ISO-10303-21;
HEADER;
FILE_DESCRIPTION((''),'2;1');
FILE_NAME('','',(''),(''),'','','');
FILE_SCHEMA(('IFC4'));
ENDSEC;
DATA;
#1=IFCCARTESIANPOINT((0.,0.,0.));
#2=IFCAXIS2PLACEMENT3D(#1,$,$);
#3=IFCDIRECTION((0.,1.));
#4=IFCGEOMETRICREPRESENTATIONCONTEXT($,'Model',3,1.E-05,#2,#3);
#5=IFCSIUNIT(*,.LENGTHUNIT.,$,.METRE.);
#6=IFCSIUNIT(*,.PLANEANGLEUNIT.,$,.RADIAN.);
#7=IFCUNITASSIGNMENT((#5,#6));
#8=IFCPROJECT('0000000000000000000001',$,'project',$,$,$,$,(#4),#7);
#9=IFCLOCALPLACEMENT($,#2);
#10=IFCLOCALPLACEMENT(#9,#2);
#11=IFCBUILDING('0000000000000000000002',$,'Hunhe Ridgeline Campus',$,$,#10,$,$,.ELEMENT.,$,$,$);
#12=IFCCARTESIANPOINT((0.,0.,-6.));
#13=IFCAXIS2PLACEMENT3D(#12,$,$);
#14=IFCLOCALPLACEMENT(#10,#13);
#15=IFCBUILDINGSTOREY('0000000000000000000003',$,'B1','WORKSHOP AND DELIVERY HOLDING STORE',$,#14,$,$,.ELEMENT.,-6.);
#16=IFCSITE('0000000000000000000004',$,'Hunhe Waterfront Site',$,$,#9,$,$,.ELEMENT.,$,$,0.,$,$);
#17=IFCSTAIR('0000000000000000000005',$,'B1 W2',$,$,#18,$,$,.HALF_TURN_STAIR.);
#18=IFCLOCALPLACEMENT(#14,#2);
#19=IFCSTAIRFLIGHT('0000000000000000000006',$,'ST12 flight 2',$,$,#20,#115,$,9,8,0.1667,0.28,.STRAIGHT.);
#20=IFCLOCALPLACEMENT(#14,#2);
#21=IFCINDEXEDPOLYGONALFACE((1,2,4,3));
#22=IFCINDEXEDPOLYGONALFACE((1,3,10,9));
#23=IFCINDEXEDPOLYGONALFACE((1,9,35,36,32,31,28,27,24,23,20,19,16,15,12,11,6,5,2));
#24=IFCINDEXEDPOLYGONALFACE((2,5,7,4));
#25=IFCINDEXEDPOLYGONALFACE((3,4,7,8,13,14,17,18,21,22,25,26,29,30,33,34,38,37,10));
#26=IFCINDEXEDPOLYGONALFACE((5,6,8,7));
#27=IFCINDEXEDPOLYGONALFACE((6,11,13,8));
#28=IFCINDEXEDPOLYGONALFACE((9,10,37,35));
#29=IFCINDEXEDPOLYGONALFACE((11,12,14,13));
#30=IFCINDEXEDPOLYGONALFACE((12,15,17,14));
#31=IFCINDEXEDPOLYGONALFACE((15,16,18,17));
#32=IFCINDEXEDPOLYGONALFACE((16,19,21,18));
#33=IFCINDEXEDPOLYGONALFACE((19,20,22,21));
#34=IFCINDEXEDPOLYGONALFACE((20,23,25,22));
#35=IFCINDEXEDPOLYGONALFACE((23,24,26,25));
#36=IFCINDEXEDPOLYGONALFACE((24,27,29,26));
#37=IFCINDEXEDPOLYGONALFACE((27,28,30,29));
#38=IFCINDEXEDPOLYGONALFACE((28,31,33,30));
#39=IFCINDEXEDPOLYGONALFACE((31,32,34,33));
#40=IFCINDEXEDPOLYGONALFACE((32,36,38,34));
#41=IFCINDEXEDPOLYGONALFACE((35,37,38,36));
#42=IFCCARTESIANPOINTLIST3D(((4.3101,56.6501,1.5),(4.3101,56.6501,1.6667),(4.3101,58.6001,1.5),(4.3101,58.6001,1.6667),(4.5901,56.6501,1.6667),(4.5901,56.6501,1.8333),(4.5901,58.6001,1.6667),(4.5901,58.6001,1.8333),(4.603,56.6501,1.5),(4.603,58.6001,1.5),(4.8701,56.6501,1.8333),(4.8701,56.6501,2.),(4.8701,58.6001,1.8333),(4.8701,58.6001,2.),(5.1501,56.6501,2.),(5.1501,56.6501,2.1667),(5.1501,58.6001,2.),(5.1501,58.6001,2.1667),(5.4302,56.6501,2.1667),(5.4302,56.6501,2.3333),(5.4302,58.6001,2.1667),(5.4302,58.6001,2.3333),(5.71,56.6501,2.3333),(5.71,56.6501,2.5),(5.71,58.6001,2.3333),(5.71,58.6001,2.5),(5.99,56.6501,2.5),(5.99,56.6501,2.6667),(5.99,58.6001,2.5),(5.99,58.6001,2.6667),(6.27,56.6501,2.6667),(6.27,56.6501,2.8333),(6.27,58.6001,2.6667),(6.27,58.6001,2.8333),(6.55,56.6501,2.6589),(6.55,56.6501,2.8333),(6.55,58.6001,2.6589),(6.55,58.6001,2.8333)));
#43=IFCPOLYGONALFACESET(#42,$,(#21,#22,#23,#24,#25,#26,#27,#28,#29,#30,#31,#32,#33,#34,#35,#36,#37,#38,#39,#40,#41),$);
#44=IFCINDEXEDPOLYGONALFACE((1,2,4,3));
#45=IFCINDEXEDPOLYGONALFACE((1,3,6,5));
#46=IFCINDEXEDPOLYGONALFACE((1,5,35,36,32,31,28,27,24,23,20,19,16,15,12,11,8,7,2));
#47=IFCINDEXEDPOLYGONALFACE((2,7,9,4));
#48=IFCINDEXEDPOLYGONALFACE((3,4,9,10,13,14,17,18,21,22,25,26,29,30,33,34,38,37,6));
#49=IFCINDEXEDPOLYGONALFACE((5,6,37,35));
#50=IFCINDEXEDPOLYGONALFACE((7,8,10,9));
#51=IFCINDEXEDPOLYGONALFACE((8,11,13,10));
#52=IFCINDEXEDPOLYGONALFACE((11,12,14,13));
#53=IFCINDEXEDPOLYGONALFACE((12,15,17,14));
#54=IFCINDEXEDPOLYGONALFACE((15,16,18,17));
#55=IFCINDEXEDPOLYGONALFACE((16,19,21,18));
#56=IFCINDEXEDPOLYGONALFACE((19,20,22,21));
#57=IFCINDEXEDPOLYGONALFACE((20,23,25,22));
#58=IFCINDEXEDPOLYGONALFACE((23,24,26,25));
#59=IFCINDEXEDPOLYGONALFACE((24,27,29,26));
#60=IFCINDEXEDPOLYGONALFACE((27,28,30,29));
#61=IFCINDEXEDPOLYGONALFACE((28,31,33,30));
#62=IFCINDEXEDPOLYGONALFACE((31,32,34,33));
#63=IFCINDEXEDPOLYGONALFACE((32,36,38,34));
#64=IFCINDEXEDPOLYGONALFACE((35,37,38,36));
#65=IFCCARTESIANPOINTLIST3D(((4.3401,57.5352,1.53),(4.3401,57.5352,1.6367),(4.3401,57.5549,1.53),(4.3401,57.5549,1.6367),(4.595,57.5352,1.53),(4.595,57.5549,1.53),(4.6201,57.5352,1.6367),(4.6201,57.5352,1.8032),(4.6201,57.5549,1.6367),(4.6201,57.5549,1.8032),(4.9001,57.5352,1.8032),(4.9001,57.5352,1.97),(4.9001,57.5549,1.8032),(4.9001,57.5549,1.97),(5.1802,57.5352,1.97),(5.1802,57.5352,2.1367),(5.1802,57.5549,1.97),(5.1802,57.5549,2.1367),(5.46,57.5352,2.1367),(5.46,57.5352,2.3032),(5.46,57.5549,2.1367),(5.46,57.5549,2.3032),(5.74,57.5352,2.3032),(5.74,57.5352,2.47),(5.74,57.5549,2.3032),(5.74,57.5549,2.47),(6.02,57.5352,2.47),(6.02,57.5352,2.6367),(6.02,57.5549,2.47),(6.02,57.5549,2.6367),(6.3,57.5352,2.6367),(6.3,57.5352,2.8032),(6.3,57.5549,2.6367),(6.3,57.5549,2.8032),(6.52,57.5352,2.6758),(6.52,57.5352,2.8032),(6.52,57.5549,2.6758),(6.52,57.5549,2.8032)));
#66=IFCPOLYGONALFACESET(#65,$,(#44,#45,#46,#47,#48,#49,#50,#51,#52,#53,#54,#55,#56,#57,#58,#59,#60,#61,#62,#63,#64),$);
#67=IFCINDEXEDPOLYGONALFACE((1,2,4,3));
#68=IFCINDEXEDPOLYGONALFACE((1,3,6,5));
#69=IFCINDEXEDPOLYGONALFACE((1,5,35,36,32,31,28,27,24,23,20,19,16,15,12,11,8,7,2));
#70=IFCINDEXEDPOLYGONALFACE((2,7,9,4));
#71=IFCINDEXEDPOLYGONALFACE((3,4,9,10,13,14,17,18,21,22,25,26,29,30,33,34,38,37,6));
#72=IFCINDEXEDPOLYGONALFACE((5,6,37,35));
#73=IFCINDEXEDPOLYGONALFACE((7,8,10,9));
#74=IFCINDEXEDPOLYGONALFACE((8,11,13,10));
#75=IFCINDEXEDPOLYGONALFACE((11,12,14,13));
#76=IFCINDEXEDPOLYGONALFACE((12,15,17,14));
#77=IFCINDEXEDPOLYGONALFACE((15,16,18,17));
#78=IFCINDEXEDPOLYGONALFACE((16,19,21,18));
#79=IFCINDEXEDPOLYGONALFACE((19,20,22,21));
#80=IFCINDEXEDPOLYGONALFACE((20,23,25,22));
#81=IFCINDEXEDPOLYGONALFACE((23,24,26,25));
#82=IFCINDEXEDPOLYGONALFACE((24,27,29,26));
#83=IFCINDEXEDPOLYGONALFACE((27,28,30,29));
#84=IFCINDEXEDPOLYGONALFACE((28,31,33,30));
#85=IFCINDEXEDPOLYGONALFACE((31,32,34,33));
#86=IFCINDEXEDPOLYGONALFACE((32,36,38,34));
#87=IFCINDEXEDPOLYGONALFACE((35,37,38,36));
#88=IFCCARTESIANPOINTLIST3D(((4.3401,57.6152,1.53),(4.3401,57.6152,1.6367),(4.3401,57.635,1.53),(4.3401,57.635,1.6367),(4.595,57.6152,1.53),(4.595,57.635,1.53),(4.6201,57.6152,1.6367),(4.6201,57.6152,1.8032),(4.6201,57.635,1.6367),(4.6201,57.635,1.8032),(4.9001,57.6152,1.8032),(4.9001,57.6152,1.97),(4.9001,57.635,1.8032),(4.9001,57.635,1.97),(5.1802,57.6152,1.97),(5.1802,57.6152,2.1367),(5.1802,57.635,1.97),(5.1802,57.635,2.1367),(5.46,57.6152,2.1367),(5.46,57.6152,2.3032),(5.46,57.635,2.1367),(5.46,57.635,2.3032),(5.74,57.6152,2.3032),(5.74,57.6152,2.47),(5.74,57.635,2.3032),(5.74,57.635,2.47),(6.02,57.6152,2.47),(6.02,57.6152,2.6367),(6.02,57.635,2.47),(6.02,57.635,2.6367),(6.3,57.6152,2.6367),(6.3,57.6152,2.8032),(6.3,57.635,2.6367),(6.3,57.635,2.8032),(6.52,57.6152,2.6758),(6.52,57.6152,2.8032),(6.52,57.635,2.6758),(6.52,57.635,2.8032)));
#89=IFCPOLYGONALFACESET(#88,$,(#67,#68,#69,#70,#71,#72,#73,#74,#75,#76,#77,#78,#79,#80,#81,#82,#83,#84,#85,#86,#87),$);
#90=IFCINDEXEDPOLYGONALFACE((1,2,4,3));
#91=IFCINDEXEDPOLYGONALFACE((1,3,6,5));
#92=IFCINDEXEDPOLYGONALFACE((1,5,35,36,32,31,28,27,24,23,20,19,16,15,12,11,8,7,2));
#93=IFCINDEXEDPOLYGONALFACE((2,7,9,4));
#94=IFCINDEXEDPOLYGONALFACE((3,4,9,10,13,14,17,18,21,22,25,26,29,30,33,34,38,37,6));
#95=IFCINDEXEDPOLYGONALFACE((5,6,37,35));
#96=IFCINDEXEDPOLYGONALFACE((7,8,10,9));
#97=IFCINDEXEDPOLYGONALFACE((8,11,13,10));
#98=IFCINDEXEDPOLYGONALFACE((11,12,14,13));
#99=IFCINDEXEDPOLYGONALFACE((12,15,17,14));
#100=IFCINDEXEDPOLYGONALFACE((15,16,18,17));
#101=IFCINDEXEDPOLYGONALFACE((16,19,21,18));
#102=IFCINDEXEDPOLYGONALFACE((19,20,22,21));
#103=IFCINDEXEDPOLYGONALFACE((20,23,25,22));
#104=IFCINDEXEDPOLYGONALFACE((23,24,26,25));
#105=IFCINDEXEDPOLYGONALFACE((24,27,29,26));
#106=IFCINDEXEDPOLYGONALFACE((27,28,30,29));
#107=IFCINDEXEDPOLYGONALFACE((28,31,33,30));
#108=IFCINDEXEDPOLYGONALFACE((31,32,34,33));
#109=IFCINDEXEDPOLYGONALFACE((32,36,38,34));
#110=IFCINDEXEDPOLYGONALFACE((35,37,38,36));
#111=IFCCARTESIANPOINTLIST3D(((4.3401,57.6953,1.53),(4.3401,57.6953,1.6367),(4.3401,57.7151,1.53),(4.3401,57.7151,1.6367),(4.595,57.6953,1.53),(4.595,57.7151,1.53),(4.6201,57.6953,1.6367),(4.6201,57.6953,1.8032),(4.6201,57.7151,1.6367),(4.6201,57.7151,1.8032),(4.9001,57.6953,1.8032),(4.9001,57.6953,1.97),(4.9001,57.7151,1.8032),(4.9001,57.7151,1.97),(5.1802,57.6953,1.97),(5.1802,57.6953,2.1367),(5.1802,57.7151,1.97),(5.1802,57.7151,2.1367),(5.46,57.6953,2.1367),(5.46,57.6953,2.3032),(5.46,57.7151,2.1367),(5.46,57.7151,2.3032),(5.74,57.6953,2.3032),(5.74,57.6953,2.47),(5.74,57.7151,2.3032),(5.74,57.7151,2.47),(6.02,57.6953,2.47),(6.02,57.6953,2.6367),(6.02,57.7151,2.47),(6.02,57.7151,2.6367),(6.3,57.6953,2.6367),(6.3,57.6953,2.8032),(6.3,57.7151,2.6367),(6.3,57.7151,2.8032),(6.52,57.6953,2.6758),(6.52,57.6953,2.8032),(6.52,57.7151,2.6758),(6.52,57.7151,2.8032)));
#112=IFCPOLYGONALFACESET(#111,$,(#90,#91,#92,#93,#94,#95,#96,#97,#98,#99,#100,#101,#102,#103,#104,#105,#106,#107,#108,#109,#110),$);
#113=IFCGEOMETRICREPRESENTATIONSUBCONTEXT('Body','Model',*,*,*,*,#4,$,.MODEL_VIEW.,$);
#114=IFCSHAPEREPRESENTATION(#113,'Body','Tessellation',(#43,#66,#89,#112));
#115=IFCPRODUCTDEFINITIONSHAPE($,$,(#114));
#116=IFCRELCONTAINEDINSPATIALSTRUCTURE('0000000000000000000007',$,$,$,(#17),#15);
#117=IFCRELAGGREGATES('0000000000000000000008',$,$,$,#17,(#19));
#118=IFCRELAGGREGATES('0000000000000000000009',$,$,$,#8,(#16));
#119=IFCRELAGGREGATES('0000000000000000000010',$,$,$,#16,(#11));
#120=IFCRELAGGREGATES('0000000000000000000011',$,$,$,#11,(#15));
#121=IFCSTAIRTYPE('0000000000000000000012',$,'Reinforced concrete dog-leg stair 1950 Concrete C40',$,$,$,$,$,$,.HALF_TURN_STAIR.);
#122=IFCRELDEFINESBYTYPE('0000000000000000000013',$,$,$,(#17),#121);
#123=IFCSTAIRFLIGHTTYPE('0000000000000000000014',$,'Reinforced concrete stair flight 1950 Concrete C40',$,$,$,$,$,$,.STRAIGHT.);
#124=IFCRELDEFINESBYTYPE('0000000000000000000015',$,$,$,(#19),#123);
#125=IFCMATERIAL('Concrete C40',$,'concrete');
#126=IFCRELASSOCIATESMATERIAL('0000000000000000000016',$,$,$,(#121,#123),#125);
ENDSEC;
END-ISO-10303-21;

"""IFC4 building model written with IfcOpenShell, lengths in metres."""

from ifc_helpers import new_model, si_unit, direction, frame, origin, place, context, subcontext, project, spatial, polyline, outline, extrude, material, type_object, element, aggregate, save


model = new_model("IFC4")

# Units and contexts
model_context = context("Model", 3, precision=1e-05, world=origin(), true_north=direction((0.0, 1.0)))
body_context = subcontext(model_context, "Body", "Model", "MODEL_VIEW")
ifc_project = project(units=[si_unit("LENGTHUNIT", "METRE"), si_unit("PLANEANGLEUNIT", "RADIAN")], contexts=[model_context])

# Site, building, storey
site_placement = place(None, origin())
site = spatial("IfcSite", under=ifc_project, at=site_placement, Name="Hunhe Waterfront Site", CompositionType="ELEMENT", RefElevation=0.0)
building_placement = place(site_placement, origin())
building = spatial("IfcBuilding", under=site, at=building_placement, Name="Hunhe Ridgeline Campus", CompositionType="ELEMENT")
storey_placement = place(building_placement, frame((0.0, 0.0, -6.0)))
storey = spatial("IfcBuildingStorey", under=building, at=storey_placement, Name="B1", Description="WORKSHOP AND DELIVERY HOLDING STORE", CompositionType="ELEMENT", Elevation=-6.0)

# Stair, stair flight
ifc_material_1 = material(Name="Concrete C40", Category="concrete")
stair_type = type_object("IfcStairType", Name="Reinforced concrete dog-leg stair 1950 Concrete C40", PredefinedType="HALF_TURN_STAIR", material=ifc_material_1)
stair_placement = place(storey_placement, origin())
stair = element("IfcStair", 1, at=stair_placement, inside=storey, type_object=stair_type, Name="B1 W2", PredefinedType="HALF_TURN_STAIR")
stair_flight_type = type_object("IfcStairFlightType", Name="Reinforced concrete stair flight 1950 Concrete C40", PredefinedType="STRAIGHT", material=ifc_material_1)
stair_flight_1_placement = place(storey_placement, frame((4.3101, 57.625, 1.5), z_axis=(0.0, 0.0, 1.0), x_axis=(1.0, 0.0, 0.0)))
stair_flight_1 = element("IfcStairFlight", 2, at=stair_flight_1_placement, type_object=stair_flight_type, Name="ST12 flight 2", NumberOfRisers=9, NumberOfTreads=8, PredefinedType="STRAIGHT", RiserHeight=0.1667, TreadLength=0.28, context=body_context, shape_type="SweptSolid", body=[
    extrude(outline(polyline([(0.0, 0.0), (0.0, 0.1667), (0.28, 0.1667), (0.28, 0.3333), (0.5601, 0.3333), (0.5601, 0.5), (0.8401, 0.5), (0.8401, 0.6667), (1.1201, 0.6667), (1.1201, 0.8333), (1.3999, 0.8333), (1.3999, 1.0), (1.6799, 1.0), (1.6799, 1.1667), (1.96, 1.1667), (1.96, 1.3333), (2.24, 1.3333), (2.24, 1.5), (2.24, 1.1589), (0.293, 0.0), (0.0, 0.0)])), frame((0.0, 0.9751, 0.0), z_axis=(0.0, -1.0, 0.0), x_axis=(1.0, 0.0, 0.0)), (0.0, 0.0, 1.0), 1.95),
    extrude(outline(polyline([(0.03, 0.03), (0.03, 0.1367), (0.3101, 0.1367), (0.3101, 0.3032), (0.5901, 0.3032), (0.5901, 0.47), (0.8701, 0.47), (0.8701, 0.6367), (1.1499, 0.6367), (1.1499, 0.8032), (1.4299, 0.8032), (1.4299, 0.97), (1.71, 0.97), (1.71, 1.1367), (1.99, 1.1367), (1.99, 1.3032), (2.21, 1.3032), (2.21, 1.1758), (0.2849, 0.03), (0.03, 0.03)])), frame((0.0, -0.0701, 0.0), z_axis=(0.0, -1.0, 0.0), x_axis=(1.0, 0.0, 0.0)), (0.0, 0.0, 1.0), 0.0198),
    extrude(outline(polyline([(0.03, 0.03), (0.03, 0.1367), (0.3101, 0.1367), (0.3101, 0.3032), (0.5901, 0.3032), (0.5901, 0.47), (0.8701, 0.47), (0.8701, 0.6367), (1.1499, 0.6367), (1.1499, 0.8032), (1.4299, 0.8032), (1.4299, 0.97), (1.71, 0.97), (1.71, 1.1367), (1.99, 1.1367), (1.99, 1.3032), (2.21, 1.3032), (2.21, 1.1758), (0.2849, 0.03), (0.03, 0.03)])), frame((0.0, 0.01, 0.0), z_axis=(0.0, -1.0, 0.0), x_axis=(1.0, 0.0, 0.0)), (0.0, 0.0, 1.0), 0.0198),
    extrude(outline(polyline([(0.03, 0.03), (0.03, 0.1367), (0.3101, 0.1367), (0.3101, 0.3032), (0.5901, 0.3032), (0.5901, 0.47), (0.8701, 0.47), (0.8701, 0.6367), (1.1499, 0.6367), (1.1499, 0.8032), (1.4299, 0.8032), (1.4299, 0.97), (1.71, 0.97), (1.71, 1.1367), (1.99, 1.1367), (1.99, 1.3032), (2.21, 1.3032), (2.21, 1.1758), (0.2849, 0.03), (0.03, 0.03)])), frame((0.0, 0.0901, 0.0), z_axis=(0.0, -1.0, 0.0), x_axis=(1.0, 0.0, 0.0)), (0.0, 0.0, 1.0), 0.0198),
])
aggregate(stair, [stair_flight_1])

save(model, "model.ifc")
